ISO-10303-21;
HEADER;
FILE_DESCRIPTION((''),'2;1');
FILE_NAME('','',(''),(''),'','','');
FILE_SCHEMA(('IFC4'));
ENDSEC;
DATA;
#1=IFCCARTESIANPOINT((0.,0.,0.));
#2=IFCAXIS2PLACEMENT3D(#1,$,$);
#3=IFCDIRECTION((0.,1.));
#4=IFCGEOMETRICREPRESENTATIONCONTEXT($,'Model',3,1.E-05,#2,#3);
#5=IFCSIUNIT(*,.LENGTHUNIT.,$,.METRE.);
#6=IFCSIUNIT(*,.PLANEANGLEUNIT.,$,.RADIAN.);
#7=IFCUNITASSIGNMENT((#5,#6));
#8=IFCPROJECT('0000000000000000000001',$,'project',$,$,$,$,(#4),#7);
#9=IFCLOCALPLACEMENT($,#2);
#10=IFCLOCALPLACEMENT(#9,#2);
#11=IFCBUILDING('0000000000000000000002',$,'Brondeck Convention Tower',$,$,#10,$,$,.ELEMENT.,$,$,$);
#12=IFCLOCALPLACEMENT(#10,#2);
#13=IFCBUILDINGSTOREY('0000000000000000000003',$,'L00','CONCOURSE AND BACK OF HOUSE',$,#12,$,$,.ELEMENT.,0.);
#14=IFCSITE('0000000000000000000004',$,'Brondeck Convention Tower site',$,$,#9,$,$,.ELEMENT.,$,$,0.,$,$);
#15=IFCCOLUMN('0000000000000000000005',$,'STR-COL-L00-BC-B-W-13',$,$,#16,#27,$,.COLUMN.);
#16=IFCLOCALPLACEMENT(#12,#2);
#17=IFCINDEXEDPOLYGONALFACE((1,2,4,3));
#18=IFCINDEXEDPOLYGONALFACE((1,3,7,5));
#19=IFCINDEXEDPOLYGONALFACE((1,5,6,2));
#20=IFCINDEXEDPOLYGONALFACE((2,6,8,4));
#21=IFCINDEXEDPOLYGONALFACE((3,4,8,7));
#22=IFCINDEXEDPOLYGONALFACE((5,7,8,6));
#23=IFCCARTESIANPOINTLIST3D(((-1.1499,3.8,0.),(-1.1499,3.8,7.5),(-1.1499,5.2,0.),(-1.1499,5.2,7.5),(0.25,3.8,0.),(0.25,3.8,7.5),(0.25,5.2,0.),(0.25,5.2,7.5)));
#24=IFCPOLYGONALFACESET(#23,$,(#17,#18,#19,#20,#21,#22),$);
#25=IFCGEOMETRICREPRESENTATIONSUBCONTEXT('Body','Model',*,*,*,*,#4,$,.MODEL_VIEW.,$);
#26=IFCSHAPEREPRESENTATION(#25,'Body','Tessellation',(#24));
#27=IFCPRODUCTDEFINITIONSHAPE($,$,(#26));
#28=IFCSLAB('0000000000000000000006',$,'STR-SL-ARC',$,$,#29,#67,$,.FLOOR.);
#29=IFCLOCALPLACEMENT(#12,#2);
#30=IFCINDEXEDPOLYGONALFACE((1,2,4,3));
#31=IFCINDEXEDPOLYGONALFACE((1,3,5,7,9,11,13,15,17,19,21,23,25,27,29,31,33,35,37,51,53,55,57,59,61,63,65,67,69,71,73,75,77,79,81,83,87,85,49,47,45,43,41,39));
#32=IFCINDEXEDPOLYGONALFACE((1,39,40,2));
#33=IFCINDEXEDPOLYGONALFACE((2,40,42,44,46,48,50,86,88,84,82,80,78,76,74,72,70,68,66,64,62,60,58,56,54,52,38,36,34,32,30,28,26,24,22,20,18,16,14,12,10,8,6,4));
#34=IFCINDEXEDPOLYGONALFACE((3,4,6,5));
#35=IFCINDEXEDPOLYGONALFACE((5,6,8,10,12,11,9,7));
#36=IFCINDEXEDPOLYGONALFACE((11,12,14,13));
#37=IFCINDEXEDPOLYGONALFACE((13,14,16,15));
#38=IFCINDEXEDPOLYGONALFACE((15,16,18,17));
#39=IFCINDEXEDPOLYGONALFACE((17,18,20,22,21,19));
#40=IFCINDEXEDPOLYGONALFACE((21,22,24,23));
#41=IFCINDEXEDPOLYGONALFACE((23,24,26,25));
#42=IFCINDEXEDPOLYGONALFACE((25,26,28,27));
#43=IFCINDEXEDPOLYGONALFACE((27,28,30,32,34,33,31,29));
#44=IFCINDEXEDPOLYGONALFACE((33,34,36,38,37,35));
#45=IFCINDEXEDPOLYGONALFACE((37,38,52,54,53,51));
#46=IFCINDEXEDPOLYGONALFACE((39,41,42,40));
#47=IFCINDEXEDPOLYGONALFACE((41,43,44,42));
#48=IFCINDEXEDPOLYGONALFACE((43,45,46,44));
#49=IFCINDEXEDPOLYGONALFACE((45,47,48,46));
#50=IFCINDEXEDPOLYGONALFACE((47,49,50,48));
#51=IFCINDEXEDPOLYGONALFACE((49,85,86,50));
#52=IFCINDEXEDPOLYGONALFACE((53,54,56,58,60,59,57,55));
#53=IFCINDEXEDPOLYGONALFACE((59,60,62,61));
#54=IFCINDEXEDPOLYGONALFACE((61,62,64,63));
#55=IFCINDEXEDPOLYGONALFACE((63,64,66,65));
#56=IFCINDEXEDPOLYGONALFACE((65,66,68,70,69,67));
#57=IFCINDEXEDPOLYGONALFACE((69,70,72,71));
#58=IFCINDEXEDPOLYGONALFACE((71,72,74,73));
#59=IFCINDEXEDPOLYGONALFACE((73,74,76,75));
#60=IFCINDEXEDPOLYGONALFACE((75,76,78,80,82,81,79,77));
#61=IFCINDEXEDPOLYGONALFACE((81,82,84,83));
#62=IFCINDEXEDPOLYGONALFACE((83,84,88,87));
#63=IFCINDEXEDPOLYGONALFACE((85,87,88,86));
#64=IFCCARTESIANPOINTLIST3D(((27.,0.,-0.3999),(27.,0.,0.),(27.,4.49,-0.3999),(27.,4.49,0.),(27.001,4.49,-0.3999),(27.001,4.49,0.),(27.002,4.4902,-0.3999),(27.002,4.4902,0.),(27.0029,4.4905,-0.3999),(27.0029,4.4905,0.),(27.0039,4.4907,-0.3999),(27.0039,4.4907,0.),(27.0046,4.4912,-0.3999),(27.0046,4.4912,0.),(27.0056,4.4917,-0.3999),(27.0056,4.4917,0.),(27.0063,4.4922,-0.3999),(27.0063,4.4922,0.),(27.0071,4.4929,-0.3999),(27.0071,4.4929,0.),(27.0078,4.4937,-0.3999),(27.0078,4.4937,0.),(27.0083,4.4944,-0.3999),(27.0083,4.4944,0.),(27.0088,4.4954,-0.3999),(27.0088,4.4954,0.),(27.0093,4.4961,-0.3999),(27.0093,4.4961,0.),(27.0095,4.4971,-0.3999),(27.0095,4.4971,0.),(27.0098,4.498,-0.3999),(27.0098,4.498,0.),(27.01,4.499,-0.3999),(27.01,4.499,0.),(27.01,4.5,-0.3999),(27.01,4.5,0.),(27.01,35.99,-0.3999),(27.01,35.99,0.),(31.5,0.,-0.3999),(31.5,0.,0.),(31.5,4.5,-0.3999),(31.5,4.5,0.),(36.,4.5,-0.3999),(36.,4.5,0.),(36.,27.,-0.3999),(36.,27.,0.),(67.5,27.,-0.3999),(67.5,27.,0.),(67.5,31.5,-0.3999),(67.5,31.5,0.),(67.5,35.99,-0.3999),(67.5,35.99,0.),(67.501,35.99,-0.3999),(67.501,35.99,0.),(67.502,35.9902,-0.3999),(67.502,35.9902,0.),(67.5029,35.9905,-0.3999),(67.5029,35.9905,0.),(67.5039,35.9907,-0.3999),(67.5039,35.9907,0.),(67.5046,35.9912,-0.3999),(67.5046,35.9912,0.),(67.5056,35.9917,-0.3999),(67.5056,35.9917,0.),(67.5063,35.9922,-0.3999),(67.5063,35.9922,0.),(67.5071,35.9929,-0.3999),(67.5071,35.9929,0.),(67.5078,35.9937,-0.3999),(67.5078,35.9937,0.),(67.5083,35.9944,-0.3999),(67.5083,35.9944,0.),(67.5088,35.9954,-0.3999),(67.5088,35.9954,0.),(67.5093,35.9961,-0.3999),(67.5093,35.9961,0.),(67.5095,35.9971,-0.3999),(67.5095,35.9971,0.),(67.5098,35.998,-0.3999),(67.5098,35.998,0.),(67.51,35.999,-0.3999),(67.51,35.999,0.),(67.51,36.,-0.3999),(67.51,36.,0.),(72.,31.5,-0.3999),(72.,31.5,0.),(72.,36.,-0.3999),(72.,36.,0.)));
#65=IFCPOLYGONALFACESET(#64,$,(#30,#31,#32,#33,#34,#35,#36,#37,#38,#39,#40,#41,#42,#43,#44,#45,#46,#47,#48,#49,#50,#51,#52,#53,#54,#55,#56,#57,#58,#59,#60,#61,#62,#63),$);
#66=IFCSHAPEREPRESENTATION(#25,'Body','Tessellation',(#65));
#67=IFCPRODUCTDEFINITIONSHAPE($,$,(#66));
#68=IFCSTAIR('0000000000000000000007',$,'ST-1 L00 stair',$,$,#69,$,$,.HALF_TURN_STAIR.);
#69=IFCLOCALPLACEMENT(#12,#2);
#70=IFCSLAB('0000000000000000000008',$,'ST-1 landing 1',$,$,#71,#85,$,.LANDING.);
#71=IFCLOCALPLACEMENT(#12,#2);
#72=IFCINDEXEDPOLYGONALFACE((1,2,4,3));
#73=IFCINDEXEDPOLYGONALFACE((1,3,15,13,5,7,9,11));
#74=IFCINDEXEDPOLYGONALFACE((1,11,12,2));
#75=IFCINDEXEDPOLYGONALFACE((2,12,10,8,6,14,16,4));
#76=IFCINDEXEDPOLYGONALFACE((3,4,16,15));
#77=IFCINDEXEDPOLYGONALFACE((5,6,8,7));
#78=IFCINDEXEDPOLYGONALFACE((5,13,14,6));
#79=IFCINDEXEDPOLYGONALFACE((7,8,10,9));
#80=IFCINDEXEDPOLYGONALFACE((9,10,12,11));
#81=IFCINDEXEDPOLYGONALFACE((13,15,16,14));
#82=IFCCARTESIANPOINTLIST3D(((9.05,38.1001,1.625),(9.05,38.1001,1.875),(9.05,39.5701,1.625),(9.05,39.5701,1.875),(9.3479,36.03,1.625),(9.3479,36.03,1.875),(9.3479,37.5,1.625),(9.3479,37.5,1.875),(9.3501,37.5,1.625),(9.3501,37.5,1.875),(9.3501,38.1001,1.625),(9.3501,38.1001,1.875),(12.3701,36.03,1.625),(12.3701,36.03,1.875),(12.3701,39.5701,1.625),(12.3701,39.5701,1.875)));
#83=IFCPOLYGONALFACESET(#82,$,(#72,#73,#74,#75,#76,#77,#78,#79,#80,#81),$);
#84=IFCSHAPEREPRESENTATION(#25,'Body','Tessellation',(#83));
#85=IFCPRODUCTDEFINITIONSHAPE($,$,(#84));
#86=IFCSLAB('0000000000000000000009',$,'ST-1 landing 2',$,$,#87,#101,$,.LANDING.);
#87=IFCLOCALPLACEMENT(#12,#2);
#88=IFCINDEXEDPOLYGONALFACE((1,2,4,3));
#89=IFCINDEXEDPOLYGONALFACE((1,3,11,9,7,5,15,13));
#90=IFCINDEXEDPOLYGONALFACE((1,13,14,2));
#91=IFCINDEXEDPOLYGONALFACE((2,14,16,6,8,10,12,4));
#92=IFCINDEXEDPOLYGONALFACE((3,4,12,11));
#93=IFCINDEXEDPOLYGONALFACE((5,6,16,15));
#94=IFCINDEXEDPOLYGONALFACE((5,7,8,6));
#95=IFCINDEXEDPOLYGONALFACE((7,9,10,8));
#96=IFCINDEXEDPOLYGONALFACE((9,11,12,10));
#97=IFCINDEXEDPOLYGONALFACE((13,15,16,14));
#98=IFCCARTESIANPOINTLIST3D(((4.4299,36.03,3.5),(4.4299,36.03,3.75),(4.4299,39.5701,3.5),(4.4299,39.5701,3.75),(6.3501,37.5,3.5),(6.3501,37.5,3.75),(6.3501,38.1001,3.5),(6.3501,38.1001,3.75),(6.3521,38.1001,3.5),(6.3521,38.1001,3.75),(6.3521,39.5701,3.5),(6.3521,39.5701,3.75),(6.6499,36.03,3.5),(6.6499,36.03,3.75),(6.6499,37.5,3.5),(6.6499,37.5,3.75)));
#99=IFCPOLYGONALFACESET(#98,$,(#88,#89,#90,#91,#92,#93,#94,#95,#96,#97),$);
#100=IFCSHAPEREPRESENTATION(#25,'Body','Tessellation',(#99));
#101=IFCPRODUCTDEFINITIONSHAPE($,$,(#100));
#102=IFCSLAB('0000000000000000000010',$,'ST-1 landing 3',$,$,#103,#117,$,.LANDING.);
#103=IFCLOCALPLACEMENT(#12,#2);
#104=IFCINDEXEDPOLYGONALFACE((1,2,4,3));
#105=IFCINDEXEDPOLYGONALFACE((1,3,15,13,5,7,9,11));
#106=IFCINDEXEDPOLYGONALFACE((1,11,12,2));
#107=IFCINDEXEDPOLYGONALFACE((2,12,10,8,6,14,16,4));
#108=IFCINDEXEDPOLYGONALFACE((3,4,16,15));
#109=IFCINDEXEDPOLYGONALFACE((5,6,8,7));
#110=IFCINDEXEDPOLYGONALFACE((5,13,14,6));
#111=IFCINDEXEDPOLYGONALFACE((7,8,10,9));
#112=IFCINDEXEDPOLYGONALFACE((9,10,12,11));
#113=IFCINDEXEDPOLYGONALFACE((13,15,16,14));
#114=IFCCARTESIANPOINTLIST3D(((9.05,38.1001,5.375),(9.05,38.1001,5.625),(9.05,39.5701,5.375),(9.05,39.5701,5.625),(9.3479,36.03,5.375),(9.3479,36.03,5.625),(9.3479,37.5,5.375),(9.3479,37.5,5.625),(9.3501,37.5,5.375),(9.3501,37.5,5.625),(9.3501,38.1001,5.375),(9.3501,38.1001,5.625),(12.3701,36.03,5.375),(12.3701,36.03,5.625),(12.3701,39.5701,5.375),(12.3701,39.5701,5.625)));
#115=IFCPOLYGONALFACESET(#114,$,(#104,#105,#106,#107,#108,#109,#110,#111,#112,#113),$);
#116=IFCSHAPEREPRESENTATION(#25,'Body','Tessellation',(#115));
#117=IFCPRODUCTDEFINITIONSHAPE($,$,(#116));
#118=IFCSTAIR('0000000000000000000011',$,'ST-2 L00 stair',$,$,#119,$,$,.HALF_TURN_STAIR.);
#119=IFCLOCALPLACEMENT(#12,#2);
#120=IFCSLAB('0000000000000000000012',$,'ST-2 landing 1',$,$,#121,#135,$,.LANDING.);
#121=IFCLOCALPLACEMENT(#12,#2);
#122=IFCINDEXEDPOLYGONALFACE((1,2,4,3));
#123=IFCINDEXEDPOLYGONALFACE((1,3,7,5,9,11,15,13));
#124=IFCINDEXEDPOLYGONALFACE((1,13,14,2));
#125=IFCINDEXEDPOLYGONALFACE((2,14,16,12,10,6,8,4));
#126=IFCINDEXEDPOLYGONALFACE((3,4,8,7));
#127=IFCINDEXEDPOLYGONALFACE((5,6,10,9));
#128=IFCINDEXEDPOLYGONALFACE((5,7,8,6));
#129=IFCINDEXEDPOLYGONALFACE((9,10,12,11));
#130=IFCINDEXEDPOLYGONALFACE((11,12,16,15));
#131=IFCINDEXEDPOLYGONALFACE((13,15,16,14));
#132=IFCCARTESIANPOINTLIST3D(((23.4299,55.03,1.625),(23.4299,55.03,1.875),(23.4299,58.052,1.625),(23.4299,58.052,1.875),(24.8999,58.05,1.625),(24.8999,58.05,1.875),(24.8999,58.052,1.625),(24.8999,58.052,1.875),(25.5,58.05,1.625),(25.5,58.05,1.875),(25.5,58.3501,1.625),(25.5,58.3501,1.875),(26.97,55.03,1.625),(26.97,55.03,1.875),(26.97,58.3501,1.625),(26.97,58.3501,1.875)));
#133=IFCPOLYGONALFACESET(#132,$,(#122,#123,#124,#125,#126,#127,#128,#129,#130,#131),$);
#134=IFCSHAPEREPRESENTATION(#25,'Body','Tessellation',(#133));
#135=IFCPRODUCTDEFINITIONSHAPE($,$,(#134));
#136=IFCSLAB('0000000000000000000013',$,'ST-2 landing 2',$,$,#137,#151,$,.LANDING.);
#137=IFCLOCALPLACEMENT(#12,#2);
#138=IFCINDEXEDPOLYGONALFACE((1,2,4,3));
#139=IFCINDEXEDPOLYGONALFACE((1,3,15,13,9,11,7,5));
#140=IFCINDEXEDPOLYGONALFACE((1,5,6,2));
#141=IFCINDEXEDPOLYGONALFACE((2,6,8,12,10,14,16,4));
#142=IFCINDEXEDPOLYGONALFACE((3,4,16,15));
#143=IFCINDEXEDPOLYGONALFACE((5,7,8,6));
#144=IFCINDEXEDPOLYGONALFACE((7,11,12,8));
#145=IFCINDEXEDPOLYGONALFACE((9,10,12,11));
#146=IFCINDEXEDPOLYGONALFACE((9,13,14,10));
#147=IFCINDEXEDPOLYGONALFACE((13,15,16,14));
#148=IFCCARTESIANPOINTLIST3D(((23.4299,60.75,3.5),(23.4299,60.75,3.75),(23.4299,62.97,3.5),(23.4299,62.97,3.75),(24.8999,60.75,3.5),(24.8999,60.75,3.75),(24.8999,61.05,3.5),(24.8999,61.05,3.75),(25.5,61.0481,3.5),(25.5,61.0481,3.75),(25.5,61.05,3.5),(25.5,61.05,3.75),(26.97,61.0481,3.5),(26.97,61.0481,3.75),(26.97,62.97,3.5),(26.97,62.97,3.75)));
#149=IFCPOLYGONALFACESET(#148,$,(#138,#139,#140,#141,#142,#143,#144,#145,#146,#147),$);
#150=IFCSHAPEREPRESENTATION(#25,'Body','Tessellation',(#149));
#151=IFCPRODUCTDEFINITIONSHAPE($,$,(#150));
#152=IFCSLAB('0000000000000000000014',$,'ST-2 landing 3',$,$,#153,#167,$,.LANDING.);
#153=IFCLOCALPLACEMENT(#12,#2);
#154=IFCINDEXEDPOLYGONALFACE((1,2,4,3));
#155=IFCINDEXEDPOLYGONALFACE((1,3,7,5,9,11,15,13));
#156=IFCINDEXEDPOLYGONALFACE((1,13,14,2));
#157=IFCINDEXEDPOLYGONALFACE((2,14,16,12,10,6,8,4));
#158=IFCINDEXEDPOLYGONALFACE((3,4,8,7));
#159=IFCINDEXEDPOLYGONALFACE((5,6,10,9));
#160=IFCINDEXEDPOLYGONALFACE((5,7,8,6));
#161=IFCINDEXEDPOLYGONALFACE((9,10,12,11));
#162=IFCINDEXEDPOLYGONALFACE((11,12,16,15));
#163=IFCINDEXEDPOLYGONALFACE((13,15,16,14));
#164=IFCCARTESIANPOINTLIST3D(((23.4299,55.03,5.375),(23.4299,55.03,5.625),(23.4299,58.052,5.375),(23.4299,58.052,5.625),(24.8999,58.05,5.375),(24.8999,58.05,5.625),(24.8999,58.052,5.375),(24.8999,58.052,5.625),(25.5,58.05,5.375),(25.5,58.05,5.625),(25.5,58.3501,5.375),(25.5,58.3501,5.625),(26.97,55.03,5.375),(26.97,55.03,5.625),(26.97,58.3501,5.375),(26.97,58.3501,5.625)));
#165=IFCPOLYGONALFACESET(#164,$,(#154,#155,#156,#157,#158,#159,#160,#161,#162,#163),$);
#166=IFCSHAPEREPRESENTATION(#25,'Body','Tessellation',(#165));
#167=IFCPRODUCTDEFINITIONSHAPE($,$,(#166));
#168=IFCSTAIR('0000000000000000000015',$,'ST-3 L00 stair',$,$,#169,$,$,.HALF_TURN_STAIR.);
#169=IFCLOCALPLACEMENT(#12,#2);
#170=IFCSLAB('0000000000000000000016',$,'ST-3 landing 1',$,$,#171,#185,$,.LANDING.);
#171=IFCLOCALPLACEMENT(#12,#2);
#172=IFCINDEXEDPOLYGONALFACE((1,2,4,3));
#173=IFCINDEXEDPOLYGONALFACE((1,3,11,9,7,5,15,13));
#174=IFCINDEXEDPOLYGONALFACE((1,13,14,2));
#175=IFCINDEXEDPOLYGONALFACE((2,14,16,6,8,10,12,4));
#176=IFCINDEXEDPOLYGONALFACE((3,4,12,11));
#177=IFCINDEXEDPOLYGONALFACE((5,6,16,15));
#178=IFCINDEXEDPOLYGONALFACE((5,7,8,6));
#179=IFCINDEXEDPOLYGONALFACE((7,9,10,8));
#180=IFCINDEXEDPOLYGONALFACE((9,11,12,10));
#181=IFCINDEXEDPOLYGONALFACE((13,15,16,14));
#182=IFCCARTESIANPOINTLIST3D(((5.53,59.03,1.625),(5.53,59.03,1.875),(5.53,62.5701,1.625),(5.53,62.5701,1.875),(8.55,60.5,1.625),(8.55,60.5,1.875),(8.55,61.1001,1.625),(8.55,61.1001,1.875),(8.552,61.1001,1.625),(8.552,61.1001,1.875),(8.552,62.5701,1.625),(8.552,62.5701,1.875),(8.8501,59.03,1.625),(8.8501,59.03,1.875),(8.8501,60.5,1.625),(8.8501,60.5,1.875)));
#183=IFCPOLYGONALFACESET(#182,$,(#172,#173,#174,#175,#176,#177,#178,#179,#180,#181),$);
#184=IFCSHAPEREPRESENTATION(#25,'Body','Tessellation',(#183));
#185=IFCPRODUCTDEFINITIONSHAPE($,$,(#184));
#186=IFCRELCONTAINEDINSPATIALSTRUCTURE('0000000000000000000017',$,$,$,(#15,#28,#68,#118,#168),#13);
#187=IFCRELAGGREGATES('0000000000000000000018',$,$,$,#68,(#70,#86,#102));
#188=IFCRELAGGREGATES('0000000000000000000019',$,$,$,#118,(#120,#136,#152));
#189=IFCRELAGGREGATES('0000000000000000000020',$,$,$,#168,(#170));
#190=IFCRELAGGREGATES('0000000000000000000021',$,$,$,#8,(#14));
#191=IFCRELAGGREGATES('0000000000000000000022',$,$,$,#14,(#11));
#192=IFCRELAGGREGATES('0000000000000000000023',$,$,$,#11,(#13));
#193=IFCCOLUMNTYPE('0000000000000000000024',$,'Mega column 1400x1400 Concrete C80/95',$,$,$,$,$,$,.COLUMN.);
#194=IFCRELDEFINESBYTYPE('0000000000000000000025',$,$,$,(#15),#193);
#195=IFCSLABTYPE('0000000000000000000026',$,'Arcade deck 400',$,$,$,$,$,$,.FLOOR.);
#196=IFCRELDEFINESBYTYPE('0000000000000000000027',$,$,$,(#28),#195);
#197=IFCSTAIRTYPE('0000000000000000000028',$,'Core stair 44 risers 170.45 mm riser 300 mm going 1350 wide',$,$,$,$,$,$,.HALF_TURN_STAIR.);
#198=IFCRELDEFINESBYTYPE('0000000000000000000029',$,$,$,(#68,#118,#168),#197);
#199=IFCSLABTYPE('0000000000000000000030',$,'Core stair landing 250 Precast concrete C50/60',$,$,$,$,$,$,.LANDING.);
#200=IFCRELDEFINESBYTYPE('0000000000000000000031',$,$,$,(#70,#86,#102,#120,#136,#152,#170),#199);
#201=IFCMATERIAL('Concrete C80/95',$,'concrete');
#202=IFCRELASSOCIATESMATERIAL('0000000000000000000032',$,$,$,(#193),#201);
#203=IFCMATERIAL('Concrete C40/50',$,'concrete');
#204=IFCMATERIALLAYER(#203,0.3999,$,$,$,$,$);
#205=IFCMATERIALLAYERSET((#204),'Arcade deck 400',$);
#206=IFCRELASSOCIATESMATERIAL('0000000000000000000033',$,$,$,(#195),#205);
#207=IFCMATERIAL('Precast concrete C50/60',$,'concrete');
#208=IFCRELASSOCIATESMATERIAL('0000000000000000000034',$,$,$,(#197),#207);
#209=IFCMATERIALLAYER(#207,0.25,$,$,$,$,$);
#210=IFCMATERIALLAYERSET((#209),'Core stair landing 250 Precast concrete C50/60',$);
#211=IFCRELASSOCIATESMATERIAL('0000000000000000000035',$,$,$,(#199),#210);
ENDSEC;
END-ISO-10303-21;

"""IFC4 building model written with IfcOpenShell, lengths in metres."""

from ifc_helpers import new_model, si_unit, direction, frame, origin, origin_2d, place, context, subcontext, project, spatial, polyline, rectangle, outline, extrude, material, layer, layer_set, material_profile, profile_set, type_object, element, aggregate, save


model = new_model("IFC4")

# Units and contexts
model_context = context("Model", 3, precision=1e-05, world=origin(), true_north=direction((0.0, 1.0)))
body_context = subcontext(model_context, "Body", "Model", "MODEL_VIEW")
ifc_project = project(units=[si_unit("LENGTHUNIT", "METRE"), si_unit("PLANEANGLEUNIT", "RADIAN")], contexts=[model_context])

# Site, building, storey
site_placement = place(None, origin())
site = spatial("IfcSite", under=ifc_project, at=site_placement, Name="Brondeck Convention Tower site", CompositionType="ELEMENT", RefElevation=0.0)
building_placement = place(site_placement, origin())
building = spatial("IfcBuilding", under=site, at=building_placement, Name="Brondeck Convention Tower", CompositionType="ELEMENT")
storey_placement = place(building_placement, origin())
storey = spatial("IfcBuildingStorey", under=building, at=storey_placement, Name="L00", Description="CONCOURSE AND BACK OF HOUSE", CompositionType="ELEMENT", Elevation=0.0)

# Column
ifc_material_1 = material(Name="Concrete C80/95", Category="concrete")
ifc_material_profile = material_profile(ifc_material_1, rectangle(XDim=1.3999, YDim=1.3999, at=origin_2d()), Name="Mega column 1400x1400 Concrete C80/95")
ifc_profile_set = profile_set([ifc_material_profile], Name="Concrete C80/95")
column_type = type_object("IfcColumnType", Name="Mega column 1400x1400 Concrete C80/95", PredefinedType="COLUMN", material=ifc_profile_set)
column_placement = place(storey_placement, frame((-0.45, 4.5, 0.0), z_axis=(0.0, 0.0, 1.0), x_axis=(1.0, 0.0, 0.0)))
element("IfcColumn", 1, at=column_placement, inside=storey, type_object=column_type, Name="STR-COL-L00-BC-B-W-13", PredefinedType="COLUMN", context=body_context, shape_type="SweptSolid", body=[
    extrude(rectangle(XDim=1.3999, YDim=1.3999, at=origin_2d()), origin(), (0.0, 0.0, 1.0), 7.5),
])

# Slab
ifc_material_2 = material(Name="Concrete C40/50", Category="concrete")
ifc_layer_1 = layer(ifc_material_2, 0.3999)
ifc_layer_set_1 = layer_set([ifc_layer_1], Name="Arcade deck 400")
slab_type_1 = type_object("IfcSlabType", Name="Arcade deck 400", PredefinedType="FLOOR", material=ifc_layer_set_1)
slab_1_placement = place(storey_placement, frame((0.0, 0.0, -0.3999)))
element("IfcSlab", 2, at=slab_1_placement, inside=storey, type_object=slab_type_1, Name="STR-SL-ARC", PredefinedType="FLOOR", context=body_context, shape_type="SweptSolid", body=[
    extrude(outline(polyline([(36.0, 27.0), (36.0, 4.5), (31.5, 4.5), (31.5, 0.0), (27.0, 0.0), (27.0, 4.49), (27.001, 4.49), (27.002, 4.4902), (27.0029, 4.4905), (27.0039, 4.4907), (27.0046, 4.4912), (27.0056, 4.4917), (27.0063, 4.4922), (27.0071, 4.4929), (27.0078, 4.4937), (27.0083, 4.4944), (27.0088, 4.4954), (27.0093, 4.4961), (27.0095, 4.4971), (27.0098, 4.498), (27.01, 4.499), (27.01, 4.5), (27.01, 35.99), (67.5, 35.99), (67.501, 35.99), (67.502, 35.9902), (67.5029, 35.9905), (67.5039, 35.9907), (67.5046, 35.9912), (67.5056, 35.9917), (67.5063, 35.9922), (67.5071, 35.9929), (67.5078, 35.9937), (67.5083, 35.9944), (67.5088, 35.9954), (67.5093, 35.9961), (67.5095, 35.9971), (67.5098, 35.998), (67.51, 35.999), (67.51, 36.0), (72.0, 36.0), (72.0, 31.5), (67.5, 31.5), (67.5, 27.0), (36.0, 27.0)])), origin(), (0.0, 0.0, 1.0), 0.3999),
])

# Stairs, slabs
ifc_material_3 = material(Name="Precast concrete C50/60", Category="concrete")
stair_type_1 = type_object("IfcStairType", Name="Core stair 44 risers 170.45 mm riser 300 mm going 1350 wide", PredefinedType="HALF_TURN_STAIR", material=ifc_material_3)
stair_1_placement = place(storey_placement, origin())
stair_1 = element("IfcStair", 3, at=stair_1_placement, inside=storey, type_object=stair_type_1, Name="ST-1 L00 stair", PredefinedType="HALF_TURN_STAIR")
ifc_layer_2 = layer(ifc_material_3, 0.25)
ifc_layer_set_2 = layer_set([ifc_layer_2], Name="Core stair landing 250 Precast concrete C50/60")
slab_type_2 = type_object("IfcSlabType", Name="Core stair landing 250 Precast concrete C50/60", PredefinedType="LANDING", material=ifc_layer_set_2)
slab_2_placement = place(storey_placement, frame((0.0, 0.0, 1.625)))
slab_2 = element("IfcSlab", 4, at=slab_2_placement, type_object=slab_type_2, Name="ST-1 landing 1", PredefinedType="LANDING", context=body_context, shape_type="SweptSolid", body=[
    extrude(outline(polyline([(9.3479, 37.5), (9.3501, 37.5), (9.3501, 38.1001), (9.05, 38.1001), (9.05, 39.5701), (12.3701, 39.5701), (12.3701, 36.03), (9.3479, 36.03), (9.3479, 37.5)])), origin(), (0.0, 0.0, 1.0), 0.25),
])
slab_3_placement = place(storey_placement, frame((0.0, 0.0, 3.5)))
slab_3 = element("IfcSlab", 5, at=slab_3_placement, type_object=slab_type_2, Name="ST-1 landing 2", PredefinedType="LANDING", context=body_context, shape_type="SweptSolid", body=[
    extrude(outline(polyline([(6.6499, 37.5), (6.6499, 36.03), (4.4299, 36.03), (4.4299, 39.5701), (6.3521, 39.5701), (6.3521, 38.1001), (6.3501, 38.1001), (6.3501, 37.5), (6.6499, 37.5)])), origin(), (0.0, 0.0, 1.0), 0.25),
])
slab_4_placement = place(storey_placement, frame((0.0, 0.0, 5.375)))
slab_4 = element("IfcSlab", 6, at=slab_4_placement, type_object=slab_type_2, Name="ST-1 landing 3", PredefinedType="LANDING", context=body_context, shape_type="SweptSolid", body=[
    extrude(outline(polyline([(9.3479, 37.5), (9.3501, 37.5), (9.3501, 38.1001), (9.05, 38.1001), (9.05, 39.5701), (12.3701, 39.5701), (12.3701, 36.03), (9.3479, 36.03), (9.3479, 37.5)])), origin(), (0.0, 0.0, 1.0), 0.25),
])
aggregate(stair_1, [slab_2, slab_3, slab_4])
stair_2_placement = place(storey_placement, origin())
stair_2 = element("IfcStair", 7, at=stair_2_placement, inside=storey, type_object=stair_type_1, Name="ST-2 L00 stair", PredefinedType="HALF_TURN_STAIR")
slab_5_placement = place(storey_placement, frame((0.0, 0.0, 1.625)))
slab_5 = element("IfcSlab", 8, at=slab_5_placement, type_object=slab_type_2, Name="ST-2 landing 1", PredefinedType="LANDING", context=body_context, shape_type="SweptSolid", body=[
    extrude(outline(polyline([(23.4299, 58.052), (24.8999, 58.052), (24.8999, 58.05), (25.5, 58.05), (25.5, 58.3501), (26.97, 58.3501), (26.97, 55.03), (23.4299, 55.03), (23.4299, 58.052)])), origin(), (0.0, 0.0, 1.0), 0.25),
])
slab_6_placement = place(storey_placement, frame((0.0, 0.0, 3.5)))
slab_6 = element("IfcSlab", 9, at=slab_6_placement, type_object=slab_type_2, Name="ST-2 landing 2", PredefinedType="LANDING", context=body_context, shape_type="SweptSolid", body=[
    extrude(outline(polyline([(23.4299, 62.97), (26.97, 62.97), (26.97, 61.0481), (25.5, 61.0481), (25.5, 61.05), (24.8999, 61.05), (24.8999, 60.75), (23.4299, 60.75), (23.4299, 62.97)])), origin(), (0.0, 0.0, 1.0), 0.25),
])
slab_7_placement = place(storey_placement, frame((0.0, 0.0, 5.375)))
slab_7 = element("IfcSlab", 10, at=slab_7_placement, type_object=slab_type_2, Name="ST-2 landing 3", PredefinedType="LANDING", context=body_context, shape_type="SweptSolid", body=[
    extrude(outline(polyline([(23.4299, 58.052), (24.8999, 58.052), (24.8999, 58.05), (25.5, 58.05), (25.5, 58.3501), (26.97, 58.3501), (26.97, 55.03), (23.4299, 55.03), (23.4299, 58.052)])), origin(), (0.0, 0.0, 1.0), 0.25),
])
aggregate(stair_2, [slab_5, slab_6, slab_7])
stair_3_placement = place(storey_placement, origin())
stair_3 = element("IfcStair", 11, at=stair_3_placement, inside=storey, type_object=stair_type_1, Name="ST-3 L00 stair", PredefinedType="HALF_TURN_STAIR")
slab_8_placement = place(storey_placement, frame((0.0, 0.0, 1.625)))
slab_8 = element("IfcSlab", 12, at=slab_8_placement, type_object=slab_type_2, Name="ST-3 landing 1", PredefinedType="LANDING", context=body_context, shape_type="SweptSolid", body=[
    extrude(outline(polyline([(8.8501, 60.5), (8.8501, 59.03), (5.53, 59.03), (5.53, 62.5701), (8.552, 62.5701), (8.552, 61.1001), (8.55, 61.1001), (8.55, 60.5), (8.8501, 60.5)])), origin(), (0.0, 0.0, 1.0), 0.25),
])
aggregate(stair_3, [slab_8])

save(model, "model.ifc")
